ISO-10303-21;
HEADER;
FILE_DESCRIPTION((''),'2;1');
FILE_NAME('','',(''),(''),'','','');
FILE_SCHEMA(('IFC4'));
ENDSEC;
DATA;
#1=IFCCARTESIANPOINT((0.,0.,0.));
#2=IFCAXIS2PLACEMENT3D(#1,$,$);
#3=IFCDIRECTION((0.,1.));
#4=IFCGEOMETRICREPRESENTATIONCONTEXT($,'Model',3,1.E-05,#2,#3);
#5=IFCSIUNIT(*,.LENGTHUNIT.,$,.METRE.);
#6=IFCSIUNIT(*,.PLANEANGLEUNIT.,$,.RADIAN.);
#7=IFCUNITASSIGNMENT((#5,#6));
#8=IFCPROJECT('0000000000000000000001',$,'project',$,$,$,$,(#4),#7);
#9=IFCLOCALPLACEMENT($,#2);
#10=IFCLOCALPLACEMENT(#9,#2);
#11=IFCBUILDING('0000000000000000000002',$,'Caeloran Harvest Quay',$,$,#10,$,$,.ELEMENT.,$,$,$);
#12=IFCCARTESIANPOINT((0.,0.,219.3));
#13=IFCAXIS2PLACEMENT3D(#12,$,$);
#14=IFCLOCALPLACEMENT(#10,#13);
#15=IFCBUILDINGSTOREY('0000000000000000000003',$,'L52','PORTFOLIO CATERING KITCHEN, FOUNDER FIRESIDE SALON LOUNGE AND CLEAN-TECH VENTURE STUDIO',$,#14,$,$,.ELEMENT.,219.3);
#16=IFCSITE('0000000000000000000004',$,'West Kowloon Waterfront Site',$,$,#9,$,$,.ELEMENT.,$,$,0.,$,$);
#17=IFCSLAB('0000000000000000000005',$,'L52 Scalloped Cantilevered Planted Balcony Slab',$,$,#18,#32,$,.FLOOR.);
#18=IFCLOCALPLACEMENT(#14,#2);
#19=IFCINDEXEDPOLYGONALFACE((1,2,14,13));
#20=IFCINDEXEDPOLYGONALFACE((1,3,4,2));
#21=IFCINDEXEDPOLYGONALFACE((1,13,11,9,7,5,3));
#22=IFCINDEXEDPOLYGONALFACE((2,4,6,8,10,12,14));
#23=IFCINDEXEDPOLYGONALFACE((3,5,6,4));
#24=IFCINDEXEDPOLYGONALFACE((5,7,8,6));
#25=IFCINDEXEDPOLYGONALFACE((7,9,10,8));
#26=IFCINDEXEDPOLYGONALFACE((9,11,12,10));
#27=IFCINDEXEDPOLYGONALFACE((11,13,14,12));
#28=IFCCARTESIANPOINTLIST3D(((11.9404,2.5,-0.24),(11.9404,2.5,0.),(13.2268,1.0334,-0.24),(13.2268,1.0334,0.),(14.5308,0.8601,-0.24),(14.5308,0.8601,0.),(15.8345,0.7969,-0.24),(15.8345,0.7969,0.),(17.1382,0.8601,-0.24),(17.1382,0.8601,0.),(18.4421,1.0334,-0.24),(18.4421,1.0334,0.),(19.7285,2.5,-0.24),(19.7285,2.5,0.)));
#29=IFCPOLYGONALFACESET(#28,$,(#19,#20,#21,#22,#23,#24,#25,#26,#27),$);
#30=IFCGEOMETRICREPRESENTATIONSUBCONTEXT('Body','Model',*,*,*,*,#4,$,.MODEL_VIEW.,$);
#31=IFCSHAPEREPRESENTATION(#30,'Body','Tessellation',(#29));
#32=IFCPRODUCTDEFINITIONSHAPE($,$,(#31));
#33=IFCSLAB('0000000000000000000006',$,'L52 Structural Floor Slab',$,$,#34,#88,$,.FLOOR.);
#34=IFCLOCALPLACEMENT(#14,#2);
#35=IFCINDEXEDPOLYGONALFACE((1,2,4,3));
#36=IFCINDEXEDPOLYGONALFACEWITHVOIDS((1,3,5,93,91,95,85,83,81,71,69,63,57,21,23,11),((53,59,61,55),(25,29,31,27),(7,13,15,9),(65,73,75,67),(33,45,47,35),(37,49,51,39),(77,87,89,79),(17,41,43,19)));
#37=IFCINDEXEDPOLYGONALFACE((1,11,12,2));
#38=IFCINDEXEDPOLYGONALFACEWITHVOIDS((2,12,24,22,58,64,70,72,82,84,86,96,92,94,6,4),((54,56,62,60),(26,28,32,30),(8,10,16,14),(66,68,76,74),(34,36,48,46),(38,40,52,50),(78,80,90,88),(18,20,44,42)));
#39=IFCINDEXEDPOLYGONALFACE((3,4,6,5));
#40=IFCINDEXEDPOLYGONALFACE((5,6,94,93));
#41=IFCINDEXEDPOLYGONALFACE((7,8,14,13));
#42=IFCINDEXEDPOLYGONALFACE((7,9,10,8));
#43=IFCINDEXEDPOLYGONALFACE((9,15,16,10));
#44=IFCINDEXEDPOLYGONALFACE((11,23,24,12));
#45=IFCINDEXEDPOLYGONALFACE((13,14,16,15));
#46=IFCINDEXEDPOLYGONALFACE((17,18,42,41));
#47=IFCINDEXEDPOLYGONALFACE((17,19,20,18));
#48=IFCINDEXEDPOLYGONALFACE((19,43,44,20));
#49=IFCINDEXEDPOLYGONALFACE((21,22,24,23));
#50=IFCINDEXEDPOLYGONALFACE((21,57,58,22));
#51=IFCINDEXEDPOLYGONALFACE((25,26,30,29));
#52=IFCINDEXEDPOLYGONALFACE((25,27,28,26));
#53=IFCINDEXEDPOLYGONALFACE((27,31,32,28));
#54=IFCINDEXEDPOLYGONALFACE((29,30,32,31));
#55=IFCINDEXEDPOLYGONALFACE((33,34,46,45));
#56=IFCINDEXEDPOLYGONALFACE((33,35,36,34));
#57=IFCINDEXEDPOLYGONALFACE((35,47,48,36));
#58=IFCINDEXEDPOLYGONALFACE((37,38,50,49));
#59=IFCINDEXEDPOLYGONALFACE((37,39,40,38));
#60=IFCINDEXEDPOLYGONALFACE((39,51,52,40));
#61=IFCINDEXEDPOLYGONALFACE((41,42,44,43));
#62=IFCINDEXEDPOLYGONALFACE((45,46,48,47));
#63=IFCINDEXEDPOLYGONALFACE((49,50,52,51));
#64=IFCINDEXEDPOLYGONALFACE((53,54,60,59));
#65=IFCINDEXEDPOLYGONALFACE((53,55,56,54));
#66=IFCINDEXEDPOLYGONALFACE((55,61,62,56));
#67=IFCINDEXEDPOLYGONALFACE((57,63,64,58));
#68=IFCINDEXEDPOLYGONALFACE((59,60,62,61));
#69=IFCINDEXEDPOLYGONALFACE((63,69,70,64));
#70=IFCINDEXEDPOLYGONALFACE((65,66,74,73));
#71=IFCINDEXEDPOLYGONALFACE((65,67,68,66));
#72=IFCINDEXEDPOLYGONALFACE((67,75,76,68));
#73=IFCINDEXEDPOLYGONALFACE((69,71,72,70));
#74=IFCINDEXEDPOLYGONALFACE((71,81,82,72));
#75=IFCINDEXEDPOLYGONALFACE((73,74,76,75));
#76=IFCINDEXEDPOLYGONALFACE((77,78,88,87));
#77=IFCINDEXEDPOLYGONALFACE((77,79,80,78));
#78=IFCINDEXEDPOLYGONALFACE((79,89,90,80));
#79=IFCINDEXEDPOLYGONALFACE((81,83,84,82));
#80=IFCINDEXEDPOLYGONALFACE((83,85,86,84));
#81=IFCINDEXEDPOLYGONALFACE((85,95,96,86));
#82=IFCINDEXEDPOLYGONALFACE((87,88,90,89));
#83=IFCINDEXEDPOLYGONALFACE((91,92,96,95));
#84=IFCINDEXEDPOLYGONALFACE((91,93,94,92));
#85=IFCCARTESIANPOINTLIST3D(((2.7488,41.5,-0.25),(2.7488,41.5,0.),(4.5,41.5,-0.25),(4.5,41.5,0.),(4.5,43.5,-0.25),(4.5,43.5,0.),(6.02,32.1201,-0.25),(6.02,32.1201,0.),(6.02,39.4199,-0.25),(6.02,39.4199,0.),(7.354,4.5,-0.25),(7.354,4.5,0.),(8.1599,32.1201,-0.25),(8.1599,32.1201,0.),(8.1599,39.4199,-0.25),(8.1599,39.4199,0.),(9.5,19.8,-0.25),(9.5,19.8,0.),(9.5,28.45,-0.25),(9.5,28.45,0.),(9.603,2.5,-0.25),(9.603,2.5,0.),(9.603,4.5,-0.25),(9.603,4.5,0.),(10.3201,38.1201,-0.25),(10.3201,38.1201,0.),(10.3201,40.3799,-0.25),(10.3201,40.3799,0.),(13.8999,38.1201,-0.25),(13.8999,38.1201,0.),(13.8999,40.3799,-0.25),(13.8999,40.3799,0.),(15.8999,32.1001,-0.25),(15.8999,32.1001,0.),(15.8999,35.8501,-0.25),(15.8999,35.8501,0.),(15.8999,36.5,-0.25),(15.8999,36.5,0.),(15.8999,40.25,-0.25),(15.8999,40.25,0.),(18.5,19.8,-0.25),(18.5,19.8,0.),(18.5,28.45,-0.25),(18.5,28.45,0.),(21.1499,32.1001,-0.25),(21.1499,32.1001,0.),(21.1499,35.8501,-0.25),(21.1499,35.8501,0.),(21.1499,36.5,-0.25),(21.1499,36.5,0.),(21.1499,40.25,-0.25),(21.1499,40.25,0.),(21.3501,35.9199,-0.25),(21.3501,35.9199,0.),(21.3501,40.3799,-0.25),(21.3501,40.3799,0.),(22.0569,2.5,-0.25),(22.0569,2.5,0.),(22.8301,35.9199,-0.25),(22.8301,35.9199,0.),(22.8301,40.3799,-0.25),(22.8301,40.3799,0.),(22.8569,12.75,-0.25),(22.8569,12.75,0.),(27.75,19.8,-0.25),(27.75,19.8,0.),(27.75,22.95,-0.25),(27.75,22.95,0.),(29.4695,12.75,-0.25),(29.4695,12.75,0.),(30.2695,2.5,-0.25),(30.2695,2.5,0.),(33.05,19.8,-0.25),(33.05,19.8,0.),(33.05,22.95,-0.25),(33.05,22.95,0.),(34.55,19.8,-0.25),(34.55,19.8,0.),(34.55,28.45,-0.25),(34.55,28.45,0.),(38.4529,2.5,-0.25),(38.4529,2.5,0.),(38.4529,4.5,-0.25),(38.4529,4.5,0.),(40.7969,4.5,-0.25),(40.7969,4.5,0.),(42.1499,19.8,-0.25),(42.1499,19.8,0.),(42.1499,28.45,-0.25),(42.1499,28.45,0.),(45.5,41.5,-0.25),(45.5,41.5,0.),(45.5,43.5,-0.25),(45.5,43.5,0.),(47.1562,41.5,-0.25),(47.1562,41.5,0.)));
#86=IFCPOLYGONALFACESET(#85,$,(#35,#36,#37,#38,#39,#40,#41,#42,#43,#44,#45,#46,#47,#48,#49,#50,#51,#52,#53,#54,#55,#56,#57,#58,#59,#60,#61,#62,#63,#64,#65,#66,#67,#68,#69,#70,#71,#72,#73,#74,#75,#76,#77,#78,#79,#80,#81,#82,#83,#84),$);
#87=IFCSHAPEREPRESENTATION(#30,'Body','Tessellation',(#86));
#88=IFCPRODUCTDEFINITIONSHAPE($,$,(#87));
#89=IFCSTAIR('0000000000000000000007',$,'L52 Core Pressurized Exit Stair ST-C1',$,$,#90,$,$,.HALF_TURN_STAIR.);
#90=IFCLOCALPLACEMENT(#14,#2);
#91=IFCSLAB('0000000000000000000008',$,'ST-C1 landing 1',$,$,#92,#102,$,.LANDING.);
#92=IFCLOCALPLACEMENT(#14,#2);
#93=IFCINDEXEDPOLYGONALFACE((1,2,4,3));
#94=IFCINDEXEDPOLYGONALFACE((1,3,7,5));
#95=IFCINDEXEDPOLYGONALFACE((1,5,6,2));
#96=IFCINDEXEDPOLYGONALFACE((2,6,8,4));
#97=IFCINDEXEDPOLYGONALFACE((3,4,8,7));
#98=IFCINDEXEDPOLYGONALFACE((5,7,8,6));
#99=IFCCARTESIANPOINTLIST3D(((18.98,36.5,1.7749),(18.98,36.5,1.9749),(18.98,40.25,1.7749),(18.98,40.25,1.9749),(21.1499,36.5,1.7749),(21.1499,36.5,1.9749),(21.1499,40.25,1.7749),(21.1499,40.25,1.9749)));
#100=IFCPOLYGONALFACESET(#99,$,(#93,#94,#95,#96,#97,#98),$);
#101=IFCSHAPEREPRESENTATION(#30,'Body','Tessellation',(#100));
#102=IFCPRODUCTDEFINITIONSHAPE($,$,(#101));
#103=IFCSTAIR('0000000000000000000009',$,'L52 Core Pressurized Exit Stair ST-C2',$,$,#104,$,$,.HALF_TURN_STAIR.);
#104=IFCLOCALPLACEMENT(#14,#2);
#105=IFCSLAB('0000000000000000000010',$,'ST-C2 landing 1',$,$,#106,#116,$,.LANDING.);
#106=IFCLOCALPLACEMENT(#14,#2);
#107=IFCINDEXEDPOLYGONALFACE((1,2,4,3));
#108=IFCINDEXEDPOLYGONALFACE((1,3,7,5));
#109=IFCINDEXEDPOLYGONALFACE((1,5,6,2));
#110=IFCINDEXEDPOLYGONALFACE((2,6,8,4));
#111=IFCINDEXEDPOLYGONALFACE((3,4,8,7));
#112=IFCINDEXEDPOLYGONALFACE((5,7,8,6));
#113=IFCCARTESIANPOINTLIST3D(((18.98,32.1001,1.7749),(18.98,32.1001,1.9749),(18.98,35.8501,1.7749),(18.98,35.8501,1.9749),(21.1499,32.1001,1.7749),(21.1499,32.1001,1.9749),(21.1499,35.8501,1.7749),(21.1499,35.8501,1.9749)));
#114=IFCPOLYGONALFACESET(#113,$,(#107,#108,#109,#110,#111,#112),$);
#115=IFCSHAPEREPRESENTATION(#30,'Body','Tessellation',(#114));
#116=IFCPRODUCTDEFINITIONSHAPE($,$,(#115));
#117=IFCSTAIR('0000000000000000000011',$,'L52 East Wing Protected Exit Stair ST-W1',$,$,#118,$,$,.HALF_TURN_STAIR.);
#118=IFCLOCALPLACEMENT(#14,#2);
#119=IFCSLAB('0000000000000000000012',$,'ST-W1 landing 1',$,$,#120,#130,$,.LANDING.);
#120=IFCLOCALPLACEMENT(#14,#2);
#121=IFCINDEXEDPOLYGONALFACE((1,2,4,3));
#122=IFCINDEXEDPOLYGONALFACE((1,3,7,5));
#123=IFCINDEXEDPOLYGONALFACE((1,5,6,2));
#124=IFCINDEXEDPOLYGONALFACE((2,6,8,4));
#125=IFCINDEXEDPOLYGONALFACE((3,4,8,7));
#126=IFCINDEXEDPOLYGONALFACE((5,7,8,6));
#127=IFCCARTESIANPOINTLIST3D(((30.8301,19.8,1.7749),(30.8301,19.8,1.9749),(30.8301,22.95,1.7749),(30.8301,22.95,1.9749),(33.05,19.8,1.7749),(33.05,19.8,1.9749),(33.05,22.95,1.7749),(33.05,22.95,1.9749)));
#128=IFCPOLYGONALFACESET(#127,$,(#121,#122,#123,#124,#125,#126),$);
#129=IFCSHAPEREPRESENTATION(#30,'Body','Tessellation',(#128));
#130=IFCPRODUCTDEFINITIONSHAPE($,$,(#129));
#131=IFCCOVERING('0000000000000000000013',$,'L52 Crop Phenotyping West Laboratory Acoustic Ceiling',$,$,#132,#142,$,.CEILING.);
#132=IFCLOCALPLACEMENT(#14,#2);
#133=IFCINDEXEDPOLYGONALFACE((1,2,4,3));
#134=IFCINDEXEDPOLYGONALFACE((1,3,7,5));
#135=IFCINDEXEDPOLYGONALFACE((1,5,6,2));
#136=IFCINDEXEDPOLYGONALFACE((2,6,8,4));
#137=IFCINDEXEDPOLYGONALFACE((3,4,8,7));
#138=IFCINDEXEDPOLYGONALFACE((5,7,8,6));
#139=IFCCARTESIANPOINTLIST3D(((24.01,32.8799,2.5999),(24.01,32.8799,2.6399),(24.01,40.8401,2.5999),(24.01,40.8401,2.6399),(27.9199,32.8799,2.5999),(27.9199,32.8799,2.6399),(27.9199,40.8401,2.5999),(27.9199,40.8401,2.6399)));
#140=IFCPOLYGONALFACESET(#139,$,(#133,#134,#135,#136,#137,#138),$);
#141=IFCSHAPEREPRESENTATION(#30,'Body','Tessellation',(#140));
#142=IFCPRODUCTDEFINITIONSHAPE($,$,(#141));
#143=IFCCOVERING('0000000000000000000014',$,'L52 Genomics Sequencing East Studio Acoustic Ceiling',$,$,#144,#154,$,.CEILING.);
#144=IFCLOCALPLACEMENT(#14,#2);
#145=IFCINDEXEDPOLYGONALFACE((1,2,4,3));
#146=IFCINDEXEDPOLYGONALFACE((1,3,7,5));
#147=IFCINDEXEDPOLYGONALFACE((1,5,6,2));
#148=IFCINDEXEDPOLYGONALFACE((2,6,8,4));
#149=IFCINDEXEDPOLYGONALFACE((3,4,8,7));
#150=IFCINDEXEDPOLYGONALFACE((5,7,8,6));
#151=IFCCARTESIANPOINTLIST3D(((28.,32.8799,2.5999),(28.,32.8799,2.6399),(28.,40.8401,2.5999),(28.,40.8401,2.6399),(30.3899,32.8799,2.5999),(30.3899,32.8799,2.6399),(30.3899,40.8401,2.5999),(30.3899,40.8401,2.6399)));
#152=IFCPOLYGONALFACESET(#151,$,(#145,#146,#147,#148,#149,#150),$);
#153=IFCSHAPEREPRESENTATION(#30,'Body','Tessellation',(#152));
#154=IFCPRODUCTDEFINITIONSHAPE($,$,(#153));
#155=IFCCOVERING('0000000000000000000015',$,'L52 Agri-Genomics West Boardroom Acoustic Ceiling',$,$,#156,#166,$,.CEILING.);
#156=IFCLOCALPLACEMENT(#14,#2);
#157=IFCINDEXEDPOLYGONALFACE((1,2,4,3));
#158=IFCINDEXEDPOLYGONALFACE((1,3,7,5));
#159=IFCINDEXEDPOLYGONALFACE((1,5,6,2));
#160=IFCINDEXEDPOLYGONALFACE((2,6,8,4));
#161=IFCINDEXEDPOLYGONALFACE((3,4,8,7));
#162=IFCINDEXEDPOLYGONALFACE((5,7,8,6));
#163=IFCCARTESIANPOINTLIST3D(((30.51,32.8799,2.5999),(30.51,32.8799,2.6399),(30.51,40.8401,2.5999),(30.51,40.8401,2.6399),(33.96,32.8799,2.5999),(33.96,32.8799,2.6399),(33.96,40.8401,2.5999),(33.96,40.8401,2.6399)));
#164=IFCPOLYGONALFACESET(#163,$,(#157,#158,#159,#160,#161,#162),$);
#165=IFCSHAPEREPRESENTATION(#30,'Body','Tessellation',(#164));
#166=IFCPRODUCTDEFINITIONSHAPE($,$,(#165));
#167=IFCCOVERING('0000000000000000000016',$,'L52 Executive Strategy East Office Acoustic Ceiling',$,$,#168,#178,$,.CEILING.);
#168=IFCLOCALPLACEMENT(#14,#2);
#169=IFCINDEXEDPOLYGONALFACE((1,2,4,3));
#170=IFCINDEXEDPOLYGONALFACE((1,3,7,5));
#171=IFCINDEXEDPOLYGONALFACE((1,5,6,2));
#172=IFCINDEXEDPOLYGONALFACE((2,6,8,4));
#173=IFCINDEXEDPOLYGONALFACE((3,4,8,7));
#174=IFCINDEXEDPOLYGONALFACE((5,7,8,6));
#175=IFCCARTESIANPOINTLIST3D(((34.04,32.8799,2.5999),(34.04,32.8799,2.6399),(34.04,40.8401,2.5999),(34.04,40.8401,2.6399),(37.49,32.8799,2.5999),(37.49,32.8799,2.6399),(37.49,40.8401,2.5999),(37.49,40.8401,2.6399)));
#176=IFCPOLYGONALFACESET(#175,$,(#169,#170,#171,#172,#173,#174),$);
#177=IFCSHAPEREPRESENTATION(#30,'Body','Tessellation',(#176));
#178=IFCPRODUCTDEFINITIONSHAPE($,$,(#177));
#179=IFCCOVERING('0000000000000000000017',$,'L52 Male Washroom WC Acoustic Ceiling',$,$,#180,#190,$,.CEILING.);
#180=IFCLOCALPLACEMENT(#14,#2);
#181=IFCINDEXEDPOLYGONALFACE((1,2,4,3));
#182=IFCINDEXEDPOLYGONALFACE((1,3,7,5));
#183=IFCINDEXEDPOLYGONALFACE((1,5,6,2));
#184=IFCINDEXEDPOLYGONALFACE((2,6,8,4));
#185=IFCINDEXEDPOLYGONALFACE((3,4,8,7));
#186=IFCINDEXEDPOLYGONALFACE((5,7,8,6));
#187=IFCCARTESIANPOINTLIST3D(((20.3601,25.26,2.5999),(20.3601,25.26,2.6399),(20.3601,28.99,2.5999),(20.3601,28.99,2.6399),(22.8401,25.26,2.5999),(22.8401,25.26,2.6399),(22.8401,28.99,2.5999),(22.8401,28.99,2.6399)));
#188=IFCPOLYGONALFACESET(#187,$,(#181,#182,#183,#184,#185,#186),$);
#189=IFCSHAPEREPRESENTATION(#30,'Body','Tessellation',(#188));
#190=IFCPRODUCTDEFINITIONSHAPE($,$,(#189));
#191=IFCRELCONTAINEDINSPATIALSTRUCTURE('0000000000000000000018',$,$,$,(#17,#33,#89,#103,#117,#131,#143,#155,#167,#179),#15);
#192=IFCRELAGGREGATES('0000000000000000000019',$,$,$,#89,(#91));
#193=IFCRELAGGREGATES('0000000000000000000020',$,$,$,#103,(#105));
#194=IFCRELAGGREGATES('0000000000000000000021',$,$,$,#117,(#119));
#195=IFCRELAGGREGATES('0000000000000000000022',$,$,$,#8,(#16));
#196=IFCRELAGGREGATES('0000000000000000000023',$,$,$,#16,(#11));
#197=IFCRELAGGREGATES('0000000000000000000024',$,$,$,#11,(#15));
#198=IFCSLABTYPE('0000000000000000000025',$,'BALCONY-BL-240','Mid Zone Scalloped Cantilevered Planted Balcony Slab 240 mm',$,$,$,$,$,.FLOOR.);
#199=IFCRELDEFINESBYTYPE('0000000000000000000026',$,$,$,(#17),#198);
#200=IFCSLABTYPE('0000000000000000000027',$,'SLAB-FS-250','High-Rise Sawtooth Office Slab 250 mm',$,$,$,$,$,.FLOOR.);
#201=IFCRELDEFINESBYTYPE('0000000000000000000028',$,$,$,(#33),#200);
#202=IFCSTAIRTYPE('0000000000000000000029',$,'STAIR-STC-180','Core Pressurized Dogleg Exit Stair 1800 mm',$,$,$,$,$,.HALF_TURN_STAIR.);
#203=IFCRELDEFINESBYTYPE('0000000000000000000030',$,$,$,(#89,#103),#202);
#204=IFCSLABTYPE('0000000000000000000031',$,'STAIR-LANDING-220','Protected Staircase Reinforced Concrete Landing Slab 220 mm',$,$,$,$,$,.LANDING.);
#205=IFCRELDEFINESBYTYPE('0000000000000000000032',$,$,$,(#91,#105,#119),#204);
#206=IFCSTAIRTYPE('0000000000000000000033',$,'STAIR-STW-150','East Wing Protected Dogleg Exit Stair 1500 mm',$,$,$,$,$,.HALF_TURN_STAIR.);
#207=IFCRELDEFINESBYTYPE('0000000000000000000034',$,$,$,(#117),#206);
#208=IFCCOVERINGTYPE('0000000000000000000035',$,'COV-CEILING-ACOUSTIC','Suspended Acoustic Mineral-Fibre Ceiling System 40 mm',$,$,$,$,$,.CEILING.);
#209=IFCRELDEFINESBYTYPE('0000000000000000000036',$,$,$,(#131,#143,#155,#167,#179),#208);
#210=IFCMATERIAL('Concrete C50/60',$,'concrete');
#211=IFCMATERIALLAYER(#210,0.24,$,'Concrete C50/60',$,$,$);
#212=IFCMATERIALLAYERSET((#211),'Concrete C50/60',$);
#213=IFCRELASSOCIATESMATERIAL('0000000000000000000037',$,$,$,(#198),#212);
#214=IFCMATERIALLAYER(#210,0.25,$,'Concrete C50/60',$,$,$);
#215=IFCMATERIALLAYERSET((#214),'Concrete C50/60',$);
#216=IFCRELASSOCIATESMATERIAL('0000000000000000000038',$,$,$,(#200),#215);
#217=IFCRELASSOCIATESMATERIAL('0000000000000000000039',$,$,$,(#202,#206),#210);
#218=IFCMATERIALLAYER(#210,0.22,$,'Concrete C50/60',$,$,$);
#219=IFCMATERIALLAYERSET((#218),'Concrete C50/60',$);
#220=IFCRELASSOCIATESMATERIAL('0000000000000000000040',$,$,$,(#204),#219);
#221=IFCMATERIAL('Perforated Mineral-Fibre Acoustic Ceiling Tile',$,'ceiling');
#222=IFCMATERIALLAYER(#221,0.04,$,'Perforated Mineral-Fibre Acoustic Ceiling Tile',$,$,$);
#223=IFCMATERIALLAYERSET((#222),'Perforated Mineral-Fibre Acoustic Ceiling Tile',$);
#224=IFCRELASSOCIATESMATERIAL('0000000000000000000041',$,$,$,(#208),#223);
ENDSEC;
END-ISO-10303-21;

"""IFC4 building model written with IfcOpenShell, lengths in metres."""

from ifc_helpers import new_model, si_unit, direction, frame, origin, place, context, subcontext, project, spatial, polyline, outline, extrude, material, layer, layer_set, type_object, element, aggregate, save


model = new_model("IFC4")

# Units and contexts
model_context = context("Model", 3, precision=1e-05, world=origin(), true_north=direction((0.0, 1.0)))
body_context = subcontext(model_context, "Body", "Model", "MODEL_VIEW")
ifc_project = project(units=[si_unit("LENGTHUNIT", "METRE"), si_unit("PLANEANGLEUNIT", "RADIAN")], contexts=[model_context])

# Site, building, storey
site_placement = place(None, origin())
site = spatial("IfcSite", under=ifc_project, at=site_placement, Name="West Kowloon Waterfront Site", CompositionType="ELEMENT", RefElevation=0.0)
building_placement = place(site_placement, origin())
building = spatial("IfcBuilding", under=site, at=building_placement, Name="Caeloran Harvest Quay", CompositionType="ELEMENT")
storey_placement = place(building_placement, frame((0.0, 0.0, 219.3)))
storey = spatial("IfcBuildingStorey", under=building, at=storey_placement, Name="L52", Description="PORTFOLIO CATERING KITCHEN, FOUNDER FIRESIDE SALON LOUNGE AND CLEAN-TECH VENTURE STUDIO", CompositionType="ELEMENT", Elevation=219.3)

# Slabs
ifc_material_1 = material(Name="Concrete C50/60", Category="concrete")
ifc_layer_1 = layer(ifc_material_1, 0.24, Name="Concrete C50/60")
ifc_layer_set_1 = layer_set([ifc_layer_1], Name="Concrete C50/60")
slab_type_1 = type_object("IfcSlabType", Name="BALCONY-BL-240", Description="Mid Zone Scalloped Cantilevered Planted Balcony Slab 240 mm", PredefinedType="FLOOR", material=ifc_layer_set_1)
slab_1_placement = place(storey_placement, frame((0.0, 0.0, -0.24)))
element("IfcSlab", 1, at=slab_1_placement, inside=storey, type_object=slab_type_1, Name="L52 Scalloped Cantilevered Planted Balcony Slab", PredefinedType="FLOOR", context=body_context, shape_type="SweptSolid", body=[
    extrude(outline(polyline([(18.4421, 1.0334), (17.1382, 0.8601), (15.8345, 0.7969), (14.5308, 0.8601), (13.2268, 1.0334), (11.9404, 2.5), (19.7285, 2.5), (18.4421, 1.0334)])), origin(), (0.0, 0.0, 1.0), 0.24),
])
ifc_layer_2 = layer(ifc_material_1, 0.25, Name="Concrete C50/60")
ifc_layer_set_2 = layer_set([ifc_layer_2], Name="Concrete C50/60")
slab_type_2 = type_object("IfcSlabType", Name="SLAB-FS-250", Description="High-Rise Sawtooth Office Slab 250 mm", PredefinedType="FLOOR", material=ifc_layer_set_2)
slab_2_placement = place(storey_placement, frame((0.0, 0.0, -0.25)))
element("IfcSlab", 2, at=slab_2_placement, inside=storey, type_object=slab_type_2, Name="L52 Structural Floor Slab", PredefinedType="FLOOR", context=body_context, shape_type="SweptSolid", body=[
    extrude(outline(polyline([(9.603, 2.5), (22.0569, 2.5), (22.8569, 12.75), (29.4695, 12.75), (30.2695, 2.5), (38.4529, 2.5), (38.4529, 4.5), (40.7969, 4.5), (47.1562, 41.5), (45.5, 41.5), (45.5, 43.5), (4.5, 43.5), (4.5, 41.5), (2.7488, 41.5), (7.354, 4.5), (9.603, 4.5), (9.603, 2.5)]), holes=[polyline([(27.75, 19.8), (27.75, 22.95), (33.05, 22.95), (33.05, 19.8), (27.75, 19.8)]), polyline([(18.5, 19.8), (9.5, 19.8), (9.5, 28.45), (18.5, 28.45), (18.5, 19.8)]), polyline([(42.1499, 19.8), (34.55, 19.8), (34.55, 28.45), (42.1499, 28.45), (42.1499, 19.8)]), polyline([(15.8999, 32.1001), (15.8999, 35.8501), (21.1499, 35.8501), (21.1499, 32.1001), (15.8999, 32.1001)]), polyline([(8.1599, 32.1201), (6.02, 32.1201), (6.02, 39.4199), (8.1599, 39.4199), (8.1599, 32.1201)]), polyline([(22.8301, 35.9199), (21.3501, 35.9199), (21.3501, 40.3799), (22.8301, 40.3799), (22.8301, 35.9199)]), polyline([(15.8999, 36.5), (15.8999, 40.25), (21.1499, 40.25), (21.1499, 36.5), (15.8999, 36.5)]), polyline([(13.8999, 38.1201), (10.3201, 38.1201), (10.3201, 40.3799), (13.8999, 40.3799), (13.8999, 38.1201)])]), origin(), (0.0, 0.0, 1.0), 0.25),
])

# Stairs, slabs
stair_type_1 = type_object("IfcStairType", Name="STAIR-STC-180", Description="Core Pressurized Dogleg Exit Stair 1800 mm", PredefinedType="HALF_TURN_STAIR", material=ifc_material_1)
stair_1_placement = place(storey_placement, origin())
stair_1 = element("IfcStair", 3, at=stair_1_placement, inside=storey, type_object=stair_type_1, Name="L52 Core Pressurized Exit Stair ST-C1", PredefinedType="HALF_TURN_STAIR")
ifc_layer_3 = layer(ifc_material_1, 0.22, Name="Concrete C50/60")
ifc_layer_set_3 = layer_set([ifc_layer_3], Name="Concrete C50/60")
slab_type_3 = type_object("IfcSlabType", Name="STAIR-LANDING-220", Description="Protected Staircase Reinforced Concrete Landing Slab 220 mm", PredefinedType="LANDING", material=ifc_layer_set_3)
slab_3_placement = place(storey_placement, frame((0.0, 0.0, 1.7749)))
slab_3 = element("IfcSlab", 4, at=slab_3_placement, type_object=slab_type_3, Name="ST-C1 landing 1", PredefinedType="LANDING", context=body_context, shape_type="SweptSolid", body=[
    extrude(outline(polyline([(18.98, 36.5), (21.1499, 36.5), (21.1499, 40.25), (18.98, 40.25), (18.98, 36.5)])), origin(), (0.0, 0.0, 1.0), 0.2),
])
aggregate(stair_1, [slab_3])
stair_2_placement = place(storey_placement, origin())
stair_2 = element("IfcStair", 5, at=stair_2_placement, inside=storey, type_object=stair_type_1, Name="L52 Core Pressurized Exit Stair ST-C2", PredefinedType="HALF_TURN_STAIR")
slab_4_placement = place(storey_placement, frame((0.0, 0.0, 1.7749)))
slab_4 = element("IfcSlab", 6, at=slab_4_placement, type_object=slab_type_3, Name="ST-C2 landing 1", PredefinedType="LANDING", context=body_context, shape_type="SweptSolid", body=[
    extrude(outline(polyline([(18.98, 32.1001), (21.1499, 32.1001), (21.1499, 35.8501), (18.98, 35.8501), (18.98, 32.1001)])), origin(), (0.0, 0.0, 1.0), 0.2),
])
aggregate(stair_2, [slab_4])
stair_type_2 = type_object("IfcStairType", Name="STAIR-STW-150", Description="East Wing Protected Dogleg Exit Stair 1500 mm", PredefinedType="HALF_TURN_STAIR", material=ifc_material_1)
stair_3_placement = place(storey_placement, origin())
stair_3 = element("IfcStair", 7, at=stair_3_placement, inside=storey, type_object=stair_type_2, Name="L52 East Wing Protected Exit Stair ST-W1", PredefinedType="HALF_TURN_STAIR")
slab_5_placement = place(storey_placement, frame((0.0, 0.0, 1.7749)))
slab_5 = element("IfcSlab", 8, at=slab_5_placement, type_object=slab_type_3, Name="ST-W1 landing 1", PredefinedType="LANDING", context=body_context, shape_type="SweptSolid", body=[
    extrude(outline(polyline([(30.8301, 19.8), (33.05, 19.8), (33.05, 22.95), (30.8301, 22.95), (30.8301, 19.8)])), origin(), (0.0, 0.0, 1.0), 0.2),
])
aggregate(stair_3, [slab_5])

# Coverings
ifc_material_2 = material(Name="Perforated Mineral-Fibre Acoustic Ceiling Tile", Category="ceiling")
ifc_layer_4 = layer(ifc_material_2, 0.04, Name="Perforated Mineral-Fibre Acoustic Ceiling Tile")
ifc_layer_set_4 = layer_set([ifc_layer_4], Name="Perforated Mineral-Fibre Acoustic Ceiling Tile")
covering_type_1 = type_object("IfcCoveringType", Name="COV-CEILING-ACOUSTIC", Description="Suspended Acoustic Mineral-Fibre Ceiling System 40 mm", PredefinedType="CEILING", material=ifc_layer_set_4)
covering_1_placement = place(storey_placement, frame((0.0, 0.0, 2.5999)))
element("IfcCovering", 9, at=covering_1_placement, inside=storey, type_object=covering_type_1, Name="L52 Crop Phenotyping West Laboratory Acoustic Ceiling", PredefinedType="CEILING", context=body_context, shape_type="SweptSolid", body=[
    extrude(outline(polyline([(27.9199, 40.8401), (27.9199, 32.8799), (24.01, 32.8799), (24.01, 40.8401), (27.9199, 40.8401)])), origin(), (0.0, 0.0, 1.0), 0.04),
])
covering_2_placement = place(storey_placement, frame((0.0, 0.0, 2.5999)))
element("IfcCovering", 10, at=covering_2_placement, inside=storey, type_object=covering_type_1, Name="L52 Genomics Sequencing East Studio Acoustic Ceiling", PredefinedType="CEILING", context=body_context, shape_type="SweptSolid", body=[
    extrude(outline(polyline([(30.3899, 40.8401), (30.3899, 32.8799), (28.0, 32.8799), (28.0, 40.8401), (30.3899, 40.8401)])), origin(), (0.0, 0.0, 1.0), 0.04),
])
covering_3_placement = place(storey_placement, frame((0.0, 0.0, 2.5999)))
element("IfcCovering", 11, at=covering_3_placement, inside=storey, type_object=covering_type_1, Name="L52 Agri-Genomics West Boardroom Acoustic Ceiling", PredefinedType="CEILING", context=body_context, shape_type="SweptSolid", body=[
    extrude(outline(polyline([(33.96, 40.8401), (33.96, 32.8799), (30.51, 32.8799), (30.51, 40.8401), (33.96, 40.8401)])), origin(), (0.0, 0.0, 1.0), 0.04),
])
covering_4_placement = place(storey_placement, frame((0.0, 0.0, 2.5999)))
element("IfcCovering", 12, at=covering_4_placement, inside=storey, type_object=covering_type_1, Name="L52 Executive Strategy East Office Acoustic Ceiling", PredefinedType="CEILING", context=body_context, shape_type="SweptSolid", body=[
    extrude(outline(polyline([(37.49, 40.8401), (37.49, 32.8799), (34.04, 32.8799), (34.04, 40.8401), (37.49, 40.8401)])), origin(), (0.0, 0.0, 1.0), 0.04),
])
covering_5_placement = place(storey_placement, frame((0.0, 0.0, 2.5999)))
element("IfcCovering", 13, at=covering_5_placement, inside=storey, type_object=covering_type_1, Name="L52 Male Washroom WC Acoustic Ceiling", PredefinedType="CEILING", context=body_context, shape_type="SweptSolid", body=[
    extrude(outline(polyline([(22.8401, 28.99), (22.8401, 25.26), (20.3601, 25.26), (20.3601, 28.99), (22.8401, 28.99)])), origin(), (0.0, 0.0, 1.0), 0.04),
])

save(model, "model.ifc")
